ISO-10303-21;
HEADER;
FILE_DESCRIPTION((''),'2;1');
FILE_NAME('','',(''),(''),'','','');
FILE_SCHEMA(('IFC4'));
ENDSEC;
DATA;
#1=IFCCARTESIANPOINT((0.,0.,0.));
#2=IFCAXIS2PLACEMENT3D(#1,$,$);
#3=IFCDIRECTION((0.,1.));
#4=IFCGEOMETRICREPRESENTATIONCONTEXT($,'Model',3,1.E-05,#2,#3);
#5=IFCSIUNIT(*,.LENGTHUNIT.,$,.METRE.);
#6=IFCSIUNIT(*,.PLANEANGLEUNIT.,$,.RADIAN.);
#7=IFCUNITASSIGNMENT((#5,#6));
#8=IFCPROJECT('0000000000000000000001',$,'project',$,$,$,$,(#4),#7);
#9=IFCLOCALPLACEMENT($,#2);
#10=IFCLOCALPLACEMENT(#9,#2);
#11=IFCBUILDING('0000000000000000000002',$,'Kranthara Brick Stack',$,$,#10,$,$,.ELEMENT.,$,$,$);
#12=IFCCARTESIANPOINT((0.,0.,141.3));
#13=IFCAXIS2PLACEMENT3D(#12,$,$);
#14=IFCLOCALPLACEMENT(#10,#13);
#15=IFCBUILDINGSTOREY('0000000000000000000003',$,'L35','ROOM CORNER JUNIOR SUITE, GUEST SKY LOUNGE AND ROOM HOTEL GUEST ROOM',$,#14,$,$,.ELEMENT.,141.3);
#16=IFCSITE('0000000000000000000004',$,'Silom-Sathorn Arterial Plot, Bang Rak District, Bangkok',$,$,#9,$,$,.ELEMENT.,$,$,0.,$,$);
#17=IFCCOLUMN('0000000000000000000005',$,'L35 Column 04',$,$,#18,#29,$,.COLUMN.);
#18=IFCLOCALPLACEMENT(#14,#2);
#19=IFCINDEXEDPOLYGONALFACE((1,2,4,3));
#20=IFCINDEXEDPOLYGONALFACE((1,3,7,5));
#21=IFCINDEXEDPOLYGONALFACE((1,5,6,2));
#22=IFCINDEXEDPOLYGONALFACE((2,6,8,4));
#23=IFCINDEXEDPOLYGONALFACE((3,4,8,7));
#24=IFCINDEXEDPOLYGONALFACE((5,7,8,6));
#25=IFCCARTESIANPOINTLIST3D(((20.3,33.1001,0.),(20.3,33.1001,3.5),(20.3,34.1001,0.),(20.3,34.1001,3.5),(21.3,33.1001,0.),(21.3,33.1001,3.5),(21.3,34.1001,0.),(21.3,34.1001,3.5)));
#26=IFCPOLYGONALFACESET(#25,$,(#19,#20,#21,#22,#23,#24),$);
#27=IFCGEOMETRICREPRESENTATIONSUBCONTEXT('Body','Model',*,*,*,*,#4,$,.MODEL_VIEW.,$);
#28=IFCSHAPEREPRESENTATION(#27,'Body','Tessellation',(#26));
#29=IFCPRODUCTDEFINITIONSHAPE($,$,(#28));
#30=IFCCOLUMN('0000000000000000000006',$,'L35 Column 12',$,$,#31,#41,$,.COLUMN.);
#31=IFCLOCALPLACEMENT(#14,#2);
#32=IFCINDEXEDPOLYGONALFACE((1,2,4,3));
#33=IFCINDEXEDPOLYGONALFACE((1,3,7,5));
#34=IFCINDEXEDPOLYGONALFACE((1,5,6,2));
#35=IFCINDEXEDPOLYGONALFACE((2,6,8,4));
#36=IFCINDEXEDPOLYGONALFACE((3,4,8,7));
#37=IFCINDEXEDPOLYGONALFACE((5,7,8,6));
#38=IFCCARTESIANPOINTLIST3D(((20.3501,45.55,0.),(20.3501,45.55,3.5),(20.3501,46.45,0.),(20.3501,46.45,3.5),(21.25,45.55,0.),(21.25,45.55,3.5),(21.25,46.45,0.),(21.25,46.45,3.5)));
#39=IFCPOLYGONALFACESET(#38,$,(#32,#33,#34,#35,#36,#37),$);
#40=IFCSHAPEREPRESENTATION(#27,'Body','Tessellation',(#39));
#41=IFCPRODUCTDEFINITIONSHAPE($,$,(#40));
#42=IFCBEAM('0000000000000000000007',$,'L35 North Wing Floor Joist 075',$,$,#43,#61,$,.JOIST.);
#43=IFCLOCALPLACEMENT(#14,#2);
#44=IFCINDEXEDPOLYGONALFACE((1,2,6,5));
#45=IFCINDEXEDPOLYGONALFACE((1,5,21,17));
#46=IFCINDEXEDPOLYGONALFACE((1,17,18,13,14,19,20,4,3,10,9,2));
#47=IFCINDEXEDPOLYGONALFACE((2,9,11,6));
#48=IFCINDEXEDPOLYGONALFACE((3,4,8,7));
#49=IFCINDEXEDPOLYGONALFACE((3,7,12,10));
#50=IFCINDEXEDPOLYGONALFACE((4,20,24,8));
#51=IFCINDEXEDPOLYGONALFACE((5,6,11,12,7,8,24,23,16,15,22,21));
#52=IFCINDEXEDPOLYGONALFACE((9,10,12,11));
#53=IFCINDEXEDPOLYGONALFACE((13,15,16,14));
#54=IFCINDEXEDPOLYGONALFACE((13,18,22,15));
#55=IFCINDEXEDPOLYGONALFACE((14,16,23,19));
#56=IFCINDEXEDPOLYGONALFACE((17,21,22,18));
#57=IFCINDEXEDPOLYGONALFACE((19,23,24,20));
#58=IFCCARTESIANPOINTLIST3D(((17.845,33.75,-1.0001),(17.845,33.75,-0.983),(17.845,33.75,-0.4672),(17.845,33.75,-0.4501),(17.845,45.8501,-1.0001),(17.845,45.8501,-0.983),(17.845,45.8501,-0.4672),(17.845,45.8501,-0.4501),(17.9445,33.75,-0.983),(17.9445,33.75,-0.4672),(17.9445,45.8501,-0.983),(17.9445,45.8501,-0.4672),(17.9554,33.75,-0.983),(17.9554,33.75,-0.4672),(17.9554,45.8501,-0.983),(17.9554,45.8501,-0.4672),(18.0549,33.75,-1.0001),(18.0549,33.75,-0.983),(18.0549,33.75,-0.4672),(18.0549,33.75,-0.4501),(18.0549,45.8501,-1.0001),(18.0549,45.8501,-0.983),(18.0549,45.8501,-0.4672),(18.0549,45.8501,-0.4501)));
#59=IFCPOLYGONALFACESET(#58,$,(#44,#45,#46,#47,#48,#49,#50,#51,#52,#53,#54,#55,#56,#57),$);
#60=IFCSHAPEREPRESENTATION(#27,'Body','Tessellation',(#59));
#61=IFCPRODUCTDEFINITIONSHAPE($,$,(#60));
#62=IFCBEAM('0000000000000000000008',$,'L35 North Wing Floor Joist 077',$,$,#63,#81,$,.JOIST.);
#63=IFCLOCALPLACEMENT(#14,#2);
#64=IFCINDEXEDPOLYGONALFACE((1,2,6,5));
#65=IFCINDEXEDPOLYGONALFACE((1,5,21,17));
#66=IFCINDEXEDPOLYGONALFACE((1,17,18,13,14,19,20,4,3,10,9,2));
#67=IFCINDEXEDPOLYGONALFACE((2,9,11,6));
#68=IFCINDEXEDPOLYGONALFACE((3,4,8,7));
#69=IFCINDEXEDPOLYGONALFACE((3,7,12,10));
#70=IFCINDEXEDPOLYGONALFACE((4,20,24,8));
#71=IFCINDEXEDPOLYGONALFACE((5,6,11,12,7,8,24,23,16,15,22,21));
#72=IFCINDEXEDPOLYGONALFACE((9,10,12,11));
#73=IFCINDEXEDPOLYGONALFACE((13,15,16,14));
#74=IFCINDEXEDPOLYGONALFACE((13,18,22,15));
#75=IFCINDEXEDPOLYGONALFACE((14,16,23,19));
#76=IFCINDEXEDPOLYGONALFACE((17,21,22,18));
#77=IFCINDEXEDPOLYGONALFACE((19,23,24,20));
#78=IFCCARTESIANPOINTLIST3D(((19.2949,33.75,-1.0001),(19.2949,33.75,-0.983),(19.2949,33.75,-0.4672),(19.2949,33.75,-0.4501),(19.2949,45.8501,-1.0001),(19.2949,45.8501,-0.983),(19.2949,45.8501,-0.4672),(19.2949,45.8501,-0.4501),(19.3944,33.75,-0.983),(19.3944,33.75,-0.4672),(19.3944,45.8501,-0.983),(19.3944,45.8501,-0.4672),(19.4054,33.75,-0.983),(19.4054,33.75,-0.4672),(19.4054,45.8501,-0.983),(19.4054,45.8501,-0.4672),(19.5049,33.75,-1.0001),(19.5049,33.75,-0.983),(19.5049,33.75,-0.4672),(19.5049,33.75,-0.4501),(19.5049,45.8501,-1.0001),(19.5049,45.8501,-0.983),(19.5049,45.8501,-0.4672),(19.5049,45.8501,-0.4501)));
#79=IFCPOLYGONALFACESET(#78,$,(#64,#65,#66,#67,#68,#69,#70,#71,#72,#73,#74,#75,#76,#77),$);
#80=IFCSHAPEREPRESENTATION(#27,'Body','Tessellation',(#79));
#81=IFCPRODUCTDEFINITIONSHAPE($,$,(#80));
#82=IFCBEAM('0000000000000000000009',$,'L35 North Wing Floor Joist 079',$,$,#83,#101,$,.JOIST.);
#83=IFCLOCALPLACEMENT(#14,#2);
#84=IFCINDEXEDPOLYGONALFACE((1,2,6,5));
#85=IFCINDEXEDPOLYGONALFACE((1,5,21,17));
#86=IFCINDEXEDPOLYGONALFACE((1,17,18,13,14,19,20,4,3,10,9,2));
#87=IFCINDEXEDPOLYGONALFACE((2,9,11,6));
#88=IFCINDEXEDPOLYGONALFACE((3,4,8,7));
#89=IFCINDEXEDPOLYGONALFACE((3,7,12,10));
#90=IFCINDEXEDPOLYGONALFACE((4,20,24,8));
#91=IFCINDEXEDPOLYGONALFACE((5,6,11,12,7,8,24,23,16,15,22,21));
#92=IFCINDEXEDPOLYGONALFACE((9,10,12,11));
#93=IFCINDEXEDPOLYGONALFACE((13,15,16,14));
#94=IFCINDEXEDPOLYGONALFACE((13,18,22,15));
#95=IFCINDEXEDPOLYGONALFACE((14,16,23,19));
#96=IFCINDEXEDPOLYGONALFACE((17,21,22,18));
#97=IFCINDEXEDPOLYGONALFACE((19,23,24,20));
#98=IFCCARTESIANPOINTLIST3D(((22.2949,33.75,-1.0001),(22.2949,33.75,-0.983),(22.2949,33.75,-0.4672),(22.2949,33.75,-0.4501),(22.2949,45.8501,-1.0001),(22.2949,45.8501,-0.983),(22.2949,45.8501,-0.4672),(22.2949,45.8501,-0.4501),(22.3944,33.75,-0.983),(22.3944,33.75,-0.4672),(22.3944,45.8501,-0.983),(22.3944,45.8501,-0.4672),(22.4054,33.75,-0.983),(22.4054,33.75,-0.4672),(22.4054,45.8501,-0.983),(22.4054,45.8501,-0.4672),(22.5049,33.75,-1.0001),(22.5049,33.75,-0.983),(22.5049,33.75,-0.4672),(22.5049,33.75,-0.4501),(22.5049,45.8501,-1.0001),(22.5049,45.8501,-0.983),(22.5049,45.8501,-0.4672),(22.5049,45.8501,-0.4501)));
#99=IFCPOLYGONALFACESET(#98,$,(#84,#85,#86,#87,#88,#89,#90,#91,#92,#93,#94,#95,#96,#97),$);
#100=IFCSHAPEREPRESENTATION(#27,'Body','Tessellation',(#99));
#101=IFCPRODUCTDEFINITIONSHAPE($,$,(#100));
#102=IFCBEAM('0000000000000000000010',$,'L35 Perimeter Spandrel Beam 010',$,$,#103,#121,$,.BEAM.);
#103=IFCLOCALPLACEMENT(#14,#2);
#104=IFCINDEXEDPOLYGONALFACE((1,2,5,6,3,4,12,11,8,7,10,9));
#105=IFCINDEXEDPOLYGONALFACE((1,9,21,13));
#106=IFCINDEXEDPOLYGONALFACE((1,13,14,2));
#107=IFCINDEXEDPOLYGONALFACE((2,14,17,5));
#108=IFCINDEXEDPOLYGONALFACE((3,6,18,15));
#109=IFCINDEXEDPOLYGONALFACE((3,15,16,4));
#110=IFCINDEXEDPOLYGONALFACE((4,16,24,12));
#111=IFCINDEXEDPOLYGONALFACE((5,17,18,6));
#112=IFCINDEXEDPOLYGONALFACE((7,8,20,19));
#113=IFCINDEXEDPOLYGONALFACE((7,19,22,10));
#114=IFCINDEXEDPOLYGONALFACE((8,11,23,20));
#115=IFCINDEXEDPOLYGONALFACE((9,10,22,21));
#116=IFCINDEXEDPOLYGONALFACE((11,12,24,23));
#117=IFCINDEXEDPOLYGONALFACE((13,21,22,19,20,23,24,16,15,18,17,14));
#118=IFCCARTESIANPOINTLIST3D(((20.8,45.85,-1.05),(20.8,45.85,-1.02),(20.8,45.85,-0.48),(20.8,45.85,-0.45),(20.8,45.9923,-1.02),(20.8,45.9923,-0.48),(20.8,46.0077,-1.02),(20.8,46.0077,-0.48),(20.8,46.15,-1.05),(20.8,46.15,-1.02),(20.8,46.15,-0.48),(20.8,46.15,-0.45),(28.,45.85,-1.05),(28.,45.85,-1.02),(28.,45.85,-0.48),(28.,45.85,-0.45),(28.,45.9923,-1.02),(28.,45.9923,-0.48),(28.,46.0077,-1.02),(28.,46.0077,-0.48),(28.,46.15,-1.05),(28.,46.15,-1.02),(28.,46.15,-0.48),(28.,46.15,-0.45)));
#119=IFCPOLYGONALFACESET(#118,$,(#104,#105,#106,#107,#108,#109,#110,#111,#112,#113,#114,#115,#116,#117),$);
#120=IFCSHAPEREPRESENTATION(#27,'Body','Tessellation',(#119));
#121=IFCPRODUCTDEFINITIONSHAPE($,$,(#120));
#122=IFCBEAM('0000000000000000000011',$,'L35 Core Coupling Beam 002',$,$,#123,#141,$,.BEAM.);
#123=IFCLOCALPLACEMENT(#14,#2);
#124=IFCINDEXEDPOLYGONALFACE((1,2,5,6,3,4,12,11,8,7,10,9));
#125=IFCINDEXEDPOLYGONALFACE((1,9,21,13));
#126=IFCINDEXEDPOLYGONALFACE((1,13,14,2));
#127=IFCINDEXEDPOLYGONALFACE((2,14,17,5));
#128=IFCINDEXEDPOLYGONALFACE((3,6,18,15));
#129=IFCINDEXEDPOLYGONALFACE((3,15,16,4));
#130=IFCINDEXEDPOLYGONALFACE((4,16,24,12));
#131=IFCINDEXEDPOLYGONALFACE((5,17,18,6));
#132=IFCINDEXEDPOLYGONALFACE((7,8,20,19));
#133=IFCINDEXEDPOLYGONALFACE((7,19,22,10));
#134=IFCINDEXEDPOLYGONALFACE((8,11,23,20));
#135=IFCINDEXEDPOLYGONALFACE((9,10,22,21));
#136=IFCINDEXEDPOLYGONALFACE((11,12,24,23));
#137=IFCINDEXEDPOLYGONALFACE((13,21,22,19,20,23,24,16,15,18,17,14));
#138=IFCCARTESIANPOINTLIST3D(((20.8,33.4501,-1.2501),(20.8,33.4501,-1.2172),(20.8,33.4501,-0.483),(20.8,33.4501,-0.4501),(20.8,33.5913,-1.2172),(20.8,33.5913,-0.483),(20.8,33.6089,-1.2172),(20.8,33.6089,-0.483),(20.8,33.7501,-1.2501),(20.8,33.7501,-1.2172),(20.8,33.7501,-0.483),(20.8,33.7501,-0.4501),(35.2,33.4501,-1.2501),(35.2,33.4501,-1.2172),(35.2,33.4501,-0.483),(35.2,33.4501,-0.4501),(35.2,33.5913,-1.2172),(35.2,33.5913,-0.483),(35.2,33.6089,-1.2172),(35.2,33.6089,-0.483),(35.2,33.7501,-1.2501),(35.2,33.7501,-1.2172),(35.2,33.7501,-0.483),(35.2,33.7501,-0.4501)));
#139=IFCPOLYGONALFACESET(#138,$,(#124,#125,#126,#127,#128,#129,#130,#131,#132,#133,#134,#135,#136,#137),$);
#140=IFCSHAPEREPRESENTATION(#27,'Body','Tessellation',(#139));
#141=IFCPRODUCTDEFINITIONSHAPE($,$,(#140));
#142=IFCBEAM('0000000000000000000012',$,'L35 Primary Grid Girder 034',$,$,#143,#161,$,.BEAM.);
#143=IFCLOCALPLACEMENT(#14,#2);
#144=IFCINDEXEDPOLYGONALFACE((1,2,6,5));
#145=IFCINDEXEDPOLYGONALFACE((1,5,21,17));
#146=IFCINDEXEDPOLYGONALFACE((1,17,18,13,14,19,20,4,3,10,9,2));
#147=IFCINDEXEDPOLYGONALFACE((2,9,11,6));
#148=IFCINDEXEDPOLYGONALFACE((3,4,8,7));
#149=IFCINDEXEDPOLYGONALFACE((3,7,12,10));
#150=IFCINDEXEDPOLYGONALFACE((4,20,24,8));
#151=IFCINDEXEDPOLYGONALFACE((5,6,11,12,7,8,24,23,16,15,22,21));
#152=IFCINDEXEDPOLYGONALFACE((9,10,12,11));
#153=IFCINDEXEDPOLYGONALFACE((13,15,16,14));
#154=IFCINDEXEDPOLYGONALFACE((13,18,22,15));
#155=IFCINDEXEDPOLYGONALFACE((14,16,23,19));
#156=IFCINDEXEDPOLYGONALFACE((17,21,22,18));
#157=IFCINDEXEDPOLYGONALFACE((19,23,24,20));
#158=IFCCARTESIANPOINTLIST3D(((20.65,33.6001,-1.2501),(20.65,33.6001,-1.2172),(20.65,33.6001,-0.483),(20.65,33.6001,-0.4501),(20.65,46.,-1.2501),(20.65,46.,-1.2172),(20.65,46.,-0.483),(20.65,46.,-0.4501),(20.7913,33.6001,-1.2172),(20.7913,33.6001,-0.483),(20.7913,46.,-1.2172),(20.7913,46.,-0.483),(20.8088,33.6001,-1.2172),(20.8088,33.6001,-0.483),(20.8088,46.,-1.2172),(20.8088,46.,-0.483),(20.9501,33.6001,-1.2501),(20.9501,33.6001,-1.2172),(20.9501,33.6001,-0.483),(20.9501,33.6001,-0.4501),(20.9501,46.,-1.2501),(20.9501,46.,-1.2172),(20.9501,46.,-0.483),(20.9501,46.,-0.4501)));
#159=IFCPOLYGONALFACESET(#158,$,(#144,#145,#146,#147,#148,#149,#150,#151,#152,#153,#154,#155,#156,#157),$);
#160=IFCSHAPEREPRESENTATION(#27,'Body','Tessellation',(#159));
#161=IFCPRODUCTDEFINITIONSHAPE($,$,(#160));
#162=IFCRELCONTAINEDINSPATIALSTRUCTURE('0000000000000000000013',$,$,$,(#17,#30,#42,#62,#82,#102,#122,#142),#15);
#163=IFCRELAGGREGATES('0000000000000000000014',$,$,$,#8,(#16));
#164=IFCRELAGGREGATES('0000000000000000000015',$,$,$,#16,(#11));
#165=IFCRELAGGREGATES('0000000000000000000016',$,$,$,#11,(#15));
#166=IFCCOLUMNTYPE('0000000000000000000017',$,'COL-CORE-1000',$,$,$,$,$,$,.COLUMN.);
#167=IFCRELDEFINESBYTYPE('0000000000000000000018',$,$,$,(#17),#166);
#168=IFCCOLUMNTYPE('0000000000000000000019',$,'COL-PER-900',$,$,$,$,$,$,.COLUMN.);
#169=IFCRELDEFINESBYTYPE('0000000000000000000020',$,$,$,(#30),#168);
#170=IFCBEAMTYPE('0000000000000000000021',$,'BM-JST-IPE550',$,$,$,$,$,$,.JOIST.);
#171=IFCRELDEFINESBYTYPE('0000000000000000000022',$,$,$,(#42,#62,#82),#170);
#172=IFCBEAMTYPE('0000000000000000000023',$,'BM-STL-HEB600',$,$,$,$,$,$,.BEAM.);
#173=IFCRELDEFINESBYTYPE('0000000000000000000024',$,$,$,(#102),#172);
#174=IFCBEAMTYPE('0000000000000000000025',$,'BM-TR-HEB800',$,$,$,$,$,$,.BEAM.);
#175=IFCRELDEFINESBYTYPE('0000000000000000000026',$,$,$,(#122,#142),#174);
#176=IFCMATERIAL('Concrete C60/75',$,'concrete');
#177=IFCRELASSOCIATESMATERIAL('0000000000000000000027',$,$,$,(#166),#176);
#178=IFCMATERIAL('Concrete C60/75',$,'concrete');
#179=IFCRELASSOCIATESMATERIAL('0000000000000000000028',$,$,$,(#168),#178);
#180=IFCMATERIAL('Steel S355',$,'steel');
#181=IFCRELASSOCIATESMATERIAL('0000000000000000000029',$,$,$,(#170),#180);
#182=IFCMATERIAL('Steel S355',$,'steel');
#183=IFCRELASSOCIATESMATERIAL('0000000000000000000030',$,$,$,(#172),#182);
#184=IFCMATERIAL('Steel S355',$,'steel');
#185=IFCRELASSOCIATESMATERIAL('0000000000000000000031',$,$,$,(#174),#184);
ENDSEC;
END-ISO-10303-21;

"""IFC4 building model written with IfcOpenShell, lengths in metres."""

from ifc_helpers import new_model, si_unit, direction, frame, origin, origin_2d, place, context, subcontext, project, spatial, rectangle, i_section, extrude, material, material_profile, profile_set, type_object, element, save


model = new_model("IFC4")

# Units and contexts
model_context = context("Model", 3, precision=1e-05, world=origin(), true_north=direction((0.0, 1.0)))
body_context = subcontext(model_context, "Body", "Model", "MODEL_VIEW")
ifc_project = project(units=[si_unit("LENGTHUNIT", "METRE"), si_unit("PLANEANGLEUNIT", "RADIAN")], contexts=[model_context])

# Site, building, storey
site_placement = place(None, origin())
site = spatial("IfcSite", under=ifc_project, at=site_placement, Name="Silom-Sathorn Arterial Plot, Bang Rak District, Bangkok", CompositionType="ELEMENT", RefElevation=0.0)
building_placement = place(site_placement, origin())
building = spatial("IfcBuilding", under=site, at=building_placement, Name="Kranthara Brick Stack", CompositionType="ELEMENT")
storey_placement = place(building_placement, frame((0.0, 0.0, 141.3)))
storey = spatial("IfcBuildingStorey", under=building, at=storey_placement, Name="L35", Description="ROOM CORNER JUNIOR SUITE, GUEST SKY LOUNGE AND ROOM HOTEL GUEST ROOM", CompositionType="ELEMENT", Elevation=141.3)

# Columns
ifc_material_1 = material(Name="Concrete C60/75", Category="concrete")
ifc_material_profile_1 = material_profile(ifc_material_1, rectangle(XDim=1.0, YDim=1.0, at=origin_2d()), Name="RC 1000x1000")
ifc_profile_set_1 = profile_set([ifc_material_profile_1], Name="Concrete C60/75")
column_type_1 = type_object("IfcColumnType", Name="COL-CORE-1000", PredefinedType="COLUMN", material=ifc_profile_set_1)
column_1_placement = place(storey_placement, frame((20.8, 33.6001, 0.0), z_axis=(0.0, 0.0, 1.0), x_axis=(1.0, 0.0, 0.0)))
element("IfcColumn", 1, at=column_1_placement, inside=storey, type_object=column_type_1, Name="L35 Column 04", PredefinedType="COLUMN", context=body_context, shape_type="SweptSolid", body=[
    extrude(rectangle(XDim=1.0, YDim=1.0, at=origin_2d()), origin(), (0.0, 0.0, 1.0), 3.5),
])
ifc_material_2 = material(Name="Concrete C60/75", Category="concrete")
ifc_material_profile_2 = material_profile(ifc_material_2, rectangle(XDim=0.8999, YDim=0.8999, at=origin_2d()), Name="RC 900x900")
ifc_profile_set_2 = profile_set([ifc_material_profile_2], Name="Concrete C60/75")
column_type_2 = type_object("IfcColumnType", Name="COL-PER-900", PredefinedType="COLUMN", material=ifc_profile_set_2)
column_2_placement = place(storey_placement, frame((20.8, 46.0, 0.0), z_axis=(0.0, 0.0, 1.0), x_axis=(1.0, 0.0, 0.0)))
element("IfcColumn", 2, at=column_2_placement, inside=storey, type_object=column_type_2, Name="L35 Column 12", PredefinedType="COLUMN", context=body_context, shape_type="SweptSolid", body=[
    extrude(rectangle(XDim=0.8999, YDim=0.8999, at=origin_2d()), origin(), (0.0, 0.0, 1.0), 3.5),
])

# Beams
ifc_material_3 = material(Name="Steel S355", Category="steel")
ifc_material_profile_3 = material_profile(ifc_material_3, i_section(OverallWidth=0.21, OverallDepth=0.55, WebThickness=0.011, FlangeThickness=0.0171, at=origin_2d()), Name="IPE 550")
ifc_profile_set_3 = profile_set([ifc_material_profile_3], Name="Steel S355")
beam_type_1 = type_object("IfcBeamType", Name="BM-JST-IPE550", PredefinedType="JOIST", material=ifc_profile_set_3)
for number, where, z_axis, x_axis, name in (
    (3, (17.95, 33.75, -0.7251), (0.0, 1.0, 0.0), (-1.0, 0.0, 0.0), "L35 North Wing Floor Joist 075"),
    (4, (19.3999, 33.75, -0.7251), (0.0, 1.0, 0.0), (-1.0, 0.0, 0.0), "L35 North Wing Floor Joist 077"),
    (5, (22.3999, 33.75, -0.7251), (0.0, 1.0, 0.0), (-1.0, 0.0, 0.0), "L35 North Wing Floor Joist 079"),
):
    element("IfcBeam", number, at=place(storey_placement, frame(where, z_axis=z_axis, x_axis=x_axis)), inside=storey, type_object=beam_type_1, Name=name, PredefinedType="JOIST", context=body_context, shape_type="SweptSolid", body=[
        extrude(i_section(OverallWidth=0.21, OverallDepth=0.55, WebThickness=0.011, FlangeThickness=0.0171, at=origin_2d()), origin(), (0.0, 0.0, 1.0), 12.1001),
    ])
ifc_material_4 = material(Name="Steel S355", Category="steel")
ifc_material_profile_4 = material_profile(ifc_material_4, i_section(OverallWidth=0.3, OverallDepth=0.6001, WebThickness=0.0154, FlangeThickness=0.03, at=origin_2d()), Name="HEB 600")
ifc_profile_set_4 = profile_set([ifc_material_profile_4], Name="Steel S355")
beam_type_2 = type_object("IfcBeamType", Name="BM-STL-HEB600", PredefinedType="BEAM", material=ifc_profile_set_4)
beam_1_placement = place(storey_placement, frame((20.8, 46.0, -0.75), z_axis=(1.0, 0.0, 0.0), x_axis=(0.0, 1.0, 0.0)))
element("IfcBeam", 6, at=beam_1_placement, inside=storey, type_object=beam_type_2, Name="L35 Perimeter Spandrel Beam 010", PredefinedType="BEAM", context=body_context, shape_type="SweptSolid", body=[
    extrude(i_section(OverallWidth=0.3, OverallDepth=0.6001, WebThickness=0.0154, FlangeThickness=0.03, at=origin_2d()), origin(), (0.0, 0.0, 1.0), 7.2),
])
ifc_material_5 = material(Name="Steel S355", Category="steel")
ifc_material_profile_5 = material_profile(ifc_material_5, i_section(OverallWidth=0.3, OverallDepth=0.8, WebThickness=0.0176, FlangeThickness=0.033, at=origin_2d()), Name="HEB 800")
ifc_profile_set_5 = profile_set([ifc_material_profile_5], Name="Steel S355")
beam_type_3 = type_object("IfcBeamType", Name="BM-TR-HEB800", PredefinedType="BEAM", material=ifc_profile_set_5)
beam_2_placement = place(storey_placement, frame((20.8, 33.6001, -0.8501), z_axis=(1.0, 0.0, 0.0), x_axis=(0.0, 1.0, 0.0)))
element("IfcBeam", 7, at=beam_2_placement, inside=storey, type_object=beam_type_3, Name="L35 Core Coupling Beam 002", PredefinedType="BEAM", context=body_context, shape_type="SweptSolid", body=[
    extrude(i_section(OverallWidth=0.3, OverallDepth=0.8, WebThickness=0.0176, FlangeThickness=0.033, at=origin_2d()), origin(), (0.0, 0.0, 1.0), 14.3999),
])
beam_3_placement = place(storey_placement, frame((20.8, 33.6001, -0.8501), z_axis=(0.0, 1.0, 0.0), x_axis=(-1.0, 0.0, 0.0)))
element("IfcBeam", 8, at=beam_3_placement, inside=storey, type_object=beam_type_3, Name="L35 Primary Grid Girder 034", PredefinedType="BEAM", context=body_context, shape_type="SweptSolid", body=[
    extrude(i_section(OverallWidth=0.3, OverallDepth=0.8, WebThickness=0.0176, FlangeThickness=0.033, at=origin_2d()), origin(), (0.0, 0.0, 1.0), 12.3999),
])

save(model, "model.ifc")
